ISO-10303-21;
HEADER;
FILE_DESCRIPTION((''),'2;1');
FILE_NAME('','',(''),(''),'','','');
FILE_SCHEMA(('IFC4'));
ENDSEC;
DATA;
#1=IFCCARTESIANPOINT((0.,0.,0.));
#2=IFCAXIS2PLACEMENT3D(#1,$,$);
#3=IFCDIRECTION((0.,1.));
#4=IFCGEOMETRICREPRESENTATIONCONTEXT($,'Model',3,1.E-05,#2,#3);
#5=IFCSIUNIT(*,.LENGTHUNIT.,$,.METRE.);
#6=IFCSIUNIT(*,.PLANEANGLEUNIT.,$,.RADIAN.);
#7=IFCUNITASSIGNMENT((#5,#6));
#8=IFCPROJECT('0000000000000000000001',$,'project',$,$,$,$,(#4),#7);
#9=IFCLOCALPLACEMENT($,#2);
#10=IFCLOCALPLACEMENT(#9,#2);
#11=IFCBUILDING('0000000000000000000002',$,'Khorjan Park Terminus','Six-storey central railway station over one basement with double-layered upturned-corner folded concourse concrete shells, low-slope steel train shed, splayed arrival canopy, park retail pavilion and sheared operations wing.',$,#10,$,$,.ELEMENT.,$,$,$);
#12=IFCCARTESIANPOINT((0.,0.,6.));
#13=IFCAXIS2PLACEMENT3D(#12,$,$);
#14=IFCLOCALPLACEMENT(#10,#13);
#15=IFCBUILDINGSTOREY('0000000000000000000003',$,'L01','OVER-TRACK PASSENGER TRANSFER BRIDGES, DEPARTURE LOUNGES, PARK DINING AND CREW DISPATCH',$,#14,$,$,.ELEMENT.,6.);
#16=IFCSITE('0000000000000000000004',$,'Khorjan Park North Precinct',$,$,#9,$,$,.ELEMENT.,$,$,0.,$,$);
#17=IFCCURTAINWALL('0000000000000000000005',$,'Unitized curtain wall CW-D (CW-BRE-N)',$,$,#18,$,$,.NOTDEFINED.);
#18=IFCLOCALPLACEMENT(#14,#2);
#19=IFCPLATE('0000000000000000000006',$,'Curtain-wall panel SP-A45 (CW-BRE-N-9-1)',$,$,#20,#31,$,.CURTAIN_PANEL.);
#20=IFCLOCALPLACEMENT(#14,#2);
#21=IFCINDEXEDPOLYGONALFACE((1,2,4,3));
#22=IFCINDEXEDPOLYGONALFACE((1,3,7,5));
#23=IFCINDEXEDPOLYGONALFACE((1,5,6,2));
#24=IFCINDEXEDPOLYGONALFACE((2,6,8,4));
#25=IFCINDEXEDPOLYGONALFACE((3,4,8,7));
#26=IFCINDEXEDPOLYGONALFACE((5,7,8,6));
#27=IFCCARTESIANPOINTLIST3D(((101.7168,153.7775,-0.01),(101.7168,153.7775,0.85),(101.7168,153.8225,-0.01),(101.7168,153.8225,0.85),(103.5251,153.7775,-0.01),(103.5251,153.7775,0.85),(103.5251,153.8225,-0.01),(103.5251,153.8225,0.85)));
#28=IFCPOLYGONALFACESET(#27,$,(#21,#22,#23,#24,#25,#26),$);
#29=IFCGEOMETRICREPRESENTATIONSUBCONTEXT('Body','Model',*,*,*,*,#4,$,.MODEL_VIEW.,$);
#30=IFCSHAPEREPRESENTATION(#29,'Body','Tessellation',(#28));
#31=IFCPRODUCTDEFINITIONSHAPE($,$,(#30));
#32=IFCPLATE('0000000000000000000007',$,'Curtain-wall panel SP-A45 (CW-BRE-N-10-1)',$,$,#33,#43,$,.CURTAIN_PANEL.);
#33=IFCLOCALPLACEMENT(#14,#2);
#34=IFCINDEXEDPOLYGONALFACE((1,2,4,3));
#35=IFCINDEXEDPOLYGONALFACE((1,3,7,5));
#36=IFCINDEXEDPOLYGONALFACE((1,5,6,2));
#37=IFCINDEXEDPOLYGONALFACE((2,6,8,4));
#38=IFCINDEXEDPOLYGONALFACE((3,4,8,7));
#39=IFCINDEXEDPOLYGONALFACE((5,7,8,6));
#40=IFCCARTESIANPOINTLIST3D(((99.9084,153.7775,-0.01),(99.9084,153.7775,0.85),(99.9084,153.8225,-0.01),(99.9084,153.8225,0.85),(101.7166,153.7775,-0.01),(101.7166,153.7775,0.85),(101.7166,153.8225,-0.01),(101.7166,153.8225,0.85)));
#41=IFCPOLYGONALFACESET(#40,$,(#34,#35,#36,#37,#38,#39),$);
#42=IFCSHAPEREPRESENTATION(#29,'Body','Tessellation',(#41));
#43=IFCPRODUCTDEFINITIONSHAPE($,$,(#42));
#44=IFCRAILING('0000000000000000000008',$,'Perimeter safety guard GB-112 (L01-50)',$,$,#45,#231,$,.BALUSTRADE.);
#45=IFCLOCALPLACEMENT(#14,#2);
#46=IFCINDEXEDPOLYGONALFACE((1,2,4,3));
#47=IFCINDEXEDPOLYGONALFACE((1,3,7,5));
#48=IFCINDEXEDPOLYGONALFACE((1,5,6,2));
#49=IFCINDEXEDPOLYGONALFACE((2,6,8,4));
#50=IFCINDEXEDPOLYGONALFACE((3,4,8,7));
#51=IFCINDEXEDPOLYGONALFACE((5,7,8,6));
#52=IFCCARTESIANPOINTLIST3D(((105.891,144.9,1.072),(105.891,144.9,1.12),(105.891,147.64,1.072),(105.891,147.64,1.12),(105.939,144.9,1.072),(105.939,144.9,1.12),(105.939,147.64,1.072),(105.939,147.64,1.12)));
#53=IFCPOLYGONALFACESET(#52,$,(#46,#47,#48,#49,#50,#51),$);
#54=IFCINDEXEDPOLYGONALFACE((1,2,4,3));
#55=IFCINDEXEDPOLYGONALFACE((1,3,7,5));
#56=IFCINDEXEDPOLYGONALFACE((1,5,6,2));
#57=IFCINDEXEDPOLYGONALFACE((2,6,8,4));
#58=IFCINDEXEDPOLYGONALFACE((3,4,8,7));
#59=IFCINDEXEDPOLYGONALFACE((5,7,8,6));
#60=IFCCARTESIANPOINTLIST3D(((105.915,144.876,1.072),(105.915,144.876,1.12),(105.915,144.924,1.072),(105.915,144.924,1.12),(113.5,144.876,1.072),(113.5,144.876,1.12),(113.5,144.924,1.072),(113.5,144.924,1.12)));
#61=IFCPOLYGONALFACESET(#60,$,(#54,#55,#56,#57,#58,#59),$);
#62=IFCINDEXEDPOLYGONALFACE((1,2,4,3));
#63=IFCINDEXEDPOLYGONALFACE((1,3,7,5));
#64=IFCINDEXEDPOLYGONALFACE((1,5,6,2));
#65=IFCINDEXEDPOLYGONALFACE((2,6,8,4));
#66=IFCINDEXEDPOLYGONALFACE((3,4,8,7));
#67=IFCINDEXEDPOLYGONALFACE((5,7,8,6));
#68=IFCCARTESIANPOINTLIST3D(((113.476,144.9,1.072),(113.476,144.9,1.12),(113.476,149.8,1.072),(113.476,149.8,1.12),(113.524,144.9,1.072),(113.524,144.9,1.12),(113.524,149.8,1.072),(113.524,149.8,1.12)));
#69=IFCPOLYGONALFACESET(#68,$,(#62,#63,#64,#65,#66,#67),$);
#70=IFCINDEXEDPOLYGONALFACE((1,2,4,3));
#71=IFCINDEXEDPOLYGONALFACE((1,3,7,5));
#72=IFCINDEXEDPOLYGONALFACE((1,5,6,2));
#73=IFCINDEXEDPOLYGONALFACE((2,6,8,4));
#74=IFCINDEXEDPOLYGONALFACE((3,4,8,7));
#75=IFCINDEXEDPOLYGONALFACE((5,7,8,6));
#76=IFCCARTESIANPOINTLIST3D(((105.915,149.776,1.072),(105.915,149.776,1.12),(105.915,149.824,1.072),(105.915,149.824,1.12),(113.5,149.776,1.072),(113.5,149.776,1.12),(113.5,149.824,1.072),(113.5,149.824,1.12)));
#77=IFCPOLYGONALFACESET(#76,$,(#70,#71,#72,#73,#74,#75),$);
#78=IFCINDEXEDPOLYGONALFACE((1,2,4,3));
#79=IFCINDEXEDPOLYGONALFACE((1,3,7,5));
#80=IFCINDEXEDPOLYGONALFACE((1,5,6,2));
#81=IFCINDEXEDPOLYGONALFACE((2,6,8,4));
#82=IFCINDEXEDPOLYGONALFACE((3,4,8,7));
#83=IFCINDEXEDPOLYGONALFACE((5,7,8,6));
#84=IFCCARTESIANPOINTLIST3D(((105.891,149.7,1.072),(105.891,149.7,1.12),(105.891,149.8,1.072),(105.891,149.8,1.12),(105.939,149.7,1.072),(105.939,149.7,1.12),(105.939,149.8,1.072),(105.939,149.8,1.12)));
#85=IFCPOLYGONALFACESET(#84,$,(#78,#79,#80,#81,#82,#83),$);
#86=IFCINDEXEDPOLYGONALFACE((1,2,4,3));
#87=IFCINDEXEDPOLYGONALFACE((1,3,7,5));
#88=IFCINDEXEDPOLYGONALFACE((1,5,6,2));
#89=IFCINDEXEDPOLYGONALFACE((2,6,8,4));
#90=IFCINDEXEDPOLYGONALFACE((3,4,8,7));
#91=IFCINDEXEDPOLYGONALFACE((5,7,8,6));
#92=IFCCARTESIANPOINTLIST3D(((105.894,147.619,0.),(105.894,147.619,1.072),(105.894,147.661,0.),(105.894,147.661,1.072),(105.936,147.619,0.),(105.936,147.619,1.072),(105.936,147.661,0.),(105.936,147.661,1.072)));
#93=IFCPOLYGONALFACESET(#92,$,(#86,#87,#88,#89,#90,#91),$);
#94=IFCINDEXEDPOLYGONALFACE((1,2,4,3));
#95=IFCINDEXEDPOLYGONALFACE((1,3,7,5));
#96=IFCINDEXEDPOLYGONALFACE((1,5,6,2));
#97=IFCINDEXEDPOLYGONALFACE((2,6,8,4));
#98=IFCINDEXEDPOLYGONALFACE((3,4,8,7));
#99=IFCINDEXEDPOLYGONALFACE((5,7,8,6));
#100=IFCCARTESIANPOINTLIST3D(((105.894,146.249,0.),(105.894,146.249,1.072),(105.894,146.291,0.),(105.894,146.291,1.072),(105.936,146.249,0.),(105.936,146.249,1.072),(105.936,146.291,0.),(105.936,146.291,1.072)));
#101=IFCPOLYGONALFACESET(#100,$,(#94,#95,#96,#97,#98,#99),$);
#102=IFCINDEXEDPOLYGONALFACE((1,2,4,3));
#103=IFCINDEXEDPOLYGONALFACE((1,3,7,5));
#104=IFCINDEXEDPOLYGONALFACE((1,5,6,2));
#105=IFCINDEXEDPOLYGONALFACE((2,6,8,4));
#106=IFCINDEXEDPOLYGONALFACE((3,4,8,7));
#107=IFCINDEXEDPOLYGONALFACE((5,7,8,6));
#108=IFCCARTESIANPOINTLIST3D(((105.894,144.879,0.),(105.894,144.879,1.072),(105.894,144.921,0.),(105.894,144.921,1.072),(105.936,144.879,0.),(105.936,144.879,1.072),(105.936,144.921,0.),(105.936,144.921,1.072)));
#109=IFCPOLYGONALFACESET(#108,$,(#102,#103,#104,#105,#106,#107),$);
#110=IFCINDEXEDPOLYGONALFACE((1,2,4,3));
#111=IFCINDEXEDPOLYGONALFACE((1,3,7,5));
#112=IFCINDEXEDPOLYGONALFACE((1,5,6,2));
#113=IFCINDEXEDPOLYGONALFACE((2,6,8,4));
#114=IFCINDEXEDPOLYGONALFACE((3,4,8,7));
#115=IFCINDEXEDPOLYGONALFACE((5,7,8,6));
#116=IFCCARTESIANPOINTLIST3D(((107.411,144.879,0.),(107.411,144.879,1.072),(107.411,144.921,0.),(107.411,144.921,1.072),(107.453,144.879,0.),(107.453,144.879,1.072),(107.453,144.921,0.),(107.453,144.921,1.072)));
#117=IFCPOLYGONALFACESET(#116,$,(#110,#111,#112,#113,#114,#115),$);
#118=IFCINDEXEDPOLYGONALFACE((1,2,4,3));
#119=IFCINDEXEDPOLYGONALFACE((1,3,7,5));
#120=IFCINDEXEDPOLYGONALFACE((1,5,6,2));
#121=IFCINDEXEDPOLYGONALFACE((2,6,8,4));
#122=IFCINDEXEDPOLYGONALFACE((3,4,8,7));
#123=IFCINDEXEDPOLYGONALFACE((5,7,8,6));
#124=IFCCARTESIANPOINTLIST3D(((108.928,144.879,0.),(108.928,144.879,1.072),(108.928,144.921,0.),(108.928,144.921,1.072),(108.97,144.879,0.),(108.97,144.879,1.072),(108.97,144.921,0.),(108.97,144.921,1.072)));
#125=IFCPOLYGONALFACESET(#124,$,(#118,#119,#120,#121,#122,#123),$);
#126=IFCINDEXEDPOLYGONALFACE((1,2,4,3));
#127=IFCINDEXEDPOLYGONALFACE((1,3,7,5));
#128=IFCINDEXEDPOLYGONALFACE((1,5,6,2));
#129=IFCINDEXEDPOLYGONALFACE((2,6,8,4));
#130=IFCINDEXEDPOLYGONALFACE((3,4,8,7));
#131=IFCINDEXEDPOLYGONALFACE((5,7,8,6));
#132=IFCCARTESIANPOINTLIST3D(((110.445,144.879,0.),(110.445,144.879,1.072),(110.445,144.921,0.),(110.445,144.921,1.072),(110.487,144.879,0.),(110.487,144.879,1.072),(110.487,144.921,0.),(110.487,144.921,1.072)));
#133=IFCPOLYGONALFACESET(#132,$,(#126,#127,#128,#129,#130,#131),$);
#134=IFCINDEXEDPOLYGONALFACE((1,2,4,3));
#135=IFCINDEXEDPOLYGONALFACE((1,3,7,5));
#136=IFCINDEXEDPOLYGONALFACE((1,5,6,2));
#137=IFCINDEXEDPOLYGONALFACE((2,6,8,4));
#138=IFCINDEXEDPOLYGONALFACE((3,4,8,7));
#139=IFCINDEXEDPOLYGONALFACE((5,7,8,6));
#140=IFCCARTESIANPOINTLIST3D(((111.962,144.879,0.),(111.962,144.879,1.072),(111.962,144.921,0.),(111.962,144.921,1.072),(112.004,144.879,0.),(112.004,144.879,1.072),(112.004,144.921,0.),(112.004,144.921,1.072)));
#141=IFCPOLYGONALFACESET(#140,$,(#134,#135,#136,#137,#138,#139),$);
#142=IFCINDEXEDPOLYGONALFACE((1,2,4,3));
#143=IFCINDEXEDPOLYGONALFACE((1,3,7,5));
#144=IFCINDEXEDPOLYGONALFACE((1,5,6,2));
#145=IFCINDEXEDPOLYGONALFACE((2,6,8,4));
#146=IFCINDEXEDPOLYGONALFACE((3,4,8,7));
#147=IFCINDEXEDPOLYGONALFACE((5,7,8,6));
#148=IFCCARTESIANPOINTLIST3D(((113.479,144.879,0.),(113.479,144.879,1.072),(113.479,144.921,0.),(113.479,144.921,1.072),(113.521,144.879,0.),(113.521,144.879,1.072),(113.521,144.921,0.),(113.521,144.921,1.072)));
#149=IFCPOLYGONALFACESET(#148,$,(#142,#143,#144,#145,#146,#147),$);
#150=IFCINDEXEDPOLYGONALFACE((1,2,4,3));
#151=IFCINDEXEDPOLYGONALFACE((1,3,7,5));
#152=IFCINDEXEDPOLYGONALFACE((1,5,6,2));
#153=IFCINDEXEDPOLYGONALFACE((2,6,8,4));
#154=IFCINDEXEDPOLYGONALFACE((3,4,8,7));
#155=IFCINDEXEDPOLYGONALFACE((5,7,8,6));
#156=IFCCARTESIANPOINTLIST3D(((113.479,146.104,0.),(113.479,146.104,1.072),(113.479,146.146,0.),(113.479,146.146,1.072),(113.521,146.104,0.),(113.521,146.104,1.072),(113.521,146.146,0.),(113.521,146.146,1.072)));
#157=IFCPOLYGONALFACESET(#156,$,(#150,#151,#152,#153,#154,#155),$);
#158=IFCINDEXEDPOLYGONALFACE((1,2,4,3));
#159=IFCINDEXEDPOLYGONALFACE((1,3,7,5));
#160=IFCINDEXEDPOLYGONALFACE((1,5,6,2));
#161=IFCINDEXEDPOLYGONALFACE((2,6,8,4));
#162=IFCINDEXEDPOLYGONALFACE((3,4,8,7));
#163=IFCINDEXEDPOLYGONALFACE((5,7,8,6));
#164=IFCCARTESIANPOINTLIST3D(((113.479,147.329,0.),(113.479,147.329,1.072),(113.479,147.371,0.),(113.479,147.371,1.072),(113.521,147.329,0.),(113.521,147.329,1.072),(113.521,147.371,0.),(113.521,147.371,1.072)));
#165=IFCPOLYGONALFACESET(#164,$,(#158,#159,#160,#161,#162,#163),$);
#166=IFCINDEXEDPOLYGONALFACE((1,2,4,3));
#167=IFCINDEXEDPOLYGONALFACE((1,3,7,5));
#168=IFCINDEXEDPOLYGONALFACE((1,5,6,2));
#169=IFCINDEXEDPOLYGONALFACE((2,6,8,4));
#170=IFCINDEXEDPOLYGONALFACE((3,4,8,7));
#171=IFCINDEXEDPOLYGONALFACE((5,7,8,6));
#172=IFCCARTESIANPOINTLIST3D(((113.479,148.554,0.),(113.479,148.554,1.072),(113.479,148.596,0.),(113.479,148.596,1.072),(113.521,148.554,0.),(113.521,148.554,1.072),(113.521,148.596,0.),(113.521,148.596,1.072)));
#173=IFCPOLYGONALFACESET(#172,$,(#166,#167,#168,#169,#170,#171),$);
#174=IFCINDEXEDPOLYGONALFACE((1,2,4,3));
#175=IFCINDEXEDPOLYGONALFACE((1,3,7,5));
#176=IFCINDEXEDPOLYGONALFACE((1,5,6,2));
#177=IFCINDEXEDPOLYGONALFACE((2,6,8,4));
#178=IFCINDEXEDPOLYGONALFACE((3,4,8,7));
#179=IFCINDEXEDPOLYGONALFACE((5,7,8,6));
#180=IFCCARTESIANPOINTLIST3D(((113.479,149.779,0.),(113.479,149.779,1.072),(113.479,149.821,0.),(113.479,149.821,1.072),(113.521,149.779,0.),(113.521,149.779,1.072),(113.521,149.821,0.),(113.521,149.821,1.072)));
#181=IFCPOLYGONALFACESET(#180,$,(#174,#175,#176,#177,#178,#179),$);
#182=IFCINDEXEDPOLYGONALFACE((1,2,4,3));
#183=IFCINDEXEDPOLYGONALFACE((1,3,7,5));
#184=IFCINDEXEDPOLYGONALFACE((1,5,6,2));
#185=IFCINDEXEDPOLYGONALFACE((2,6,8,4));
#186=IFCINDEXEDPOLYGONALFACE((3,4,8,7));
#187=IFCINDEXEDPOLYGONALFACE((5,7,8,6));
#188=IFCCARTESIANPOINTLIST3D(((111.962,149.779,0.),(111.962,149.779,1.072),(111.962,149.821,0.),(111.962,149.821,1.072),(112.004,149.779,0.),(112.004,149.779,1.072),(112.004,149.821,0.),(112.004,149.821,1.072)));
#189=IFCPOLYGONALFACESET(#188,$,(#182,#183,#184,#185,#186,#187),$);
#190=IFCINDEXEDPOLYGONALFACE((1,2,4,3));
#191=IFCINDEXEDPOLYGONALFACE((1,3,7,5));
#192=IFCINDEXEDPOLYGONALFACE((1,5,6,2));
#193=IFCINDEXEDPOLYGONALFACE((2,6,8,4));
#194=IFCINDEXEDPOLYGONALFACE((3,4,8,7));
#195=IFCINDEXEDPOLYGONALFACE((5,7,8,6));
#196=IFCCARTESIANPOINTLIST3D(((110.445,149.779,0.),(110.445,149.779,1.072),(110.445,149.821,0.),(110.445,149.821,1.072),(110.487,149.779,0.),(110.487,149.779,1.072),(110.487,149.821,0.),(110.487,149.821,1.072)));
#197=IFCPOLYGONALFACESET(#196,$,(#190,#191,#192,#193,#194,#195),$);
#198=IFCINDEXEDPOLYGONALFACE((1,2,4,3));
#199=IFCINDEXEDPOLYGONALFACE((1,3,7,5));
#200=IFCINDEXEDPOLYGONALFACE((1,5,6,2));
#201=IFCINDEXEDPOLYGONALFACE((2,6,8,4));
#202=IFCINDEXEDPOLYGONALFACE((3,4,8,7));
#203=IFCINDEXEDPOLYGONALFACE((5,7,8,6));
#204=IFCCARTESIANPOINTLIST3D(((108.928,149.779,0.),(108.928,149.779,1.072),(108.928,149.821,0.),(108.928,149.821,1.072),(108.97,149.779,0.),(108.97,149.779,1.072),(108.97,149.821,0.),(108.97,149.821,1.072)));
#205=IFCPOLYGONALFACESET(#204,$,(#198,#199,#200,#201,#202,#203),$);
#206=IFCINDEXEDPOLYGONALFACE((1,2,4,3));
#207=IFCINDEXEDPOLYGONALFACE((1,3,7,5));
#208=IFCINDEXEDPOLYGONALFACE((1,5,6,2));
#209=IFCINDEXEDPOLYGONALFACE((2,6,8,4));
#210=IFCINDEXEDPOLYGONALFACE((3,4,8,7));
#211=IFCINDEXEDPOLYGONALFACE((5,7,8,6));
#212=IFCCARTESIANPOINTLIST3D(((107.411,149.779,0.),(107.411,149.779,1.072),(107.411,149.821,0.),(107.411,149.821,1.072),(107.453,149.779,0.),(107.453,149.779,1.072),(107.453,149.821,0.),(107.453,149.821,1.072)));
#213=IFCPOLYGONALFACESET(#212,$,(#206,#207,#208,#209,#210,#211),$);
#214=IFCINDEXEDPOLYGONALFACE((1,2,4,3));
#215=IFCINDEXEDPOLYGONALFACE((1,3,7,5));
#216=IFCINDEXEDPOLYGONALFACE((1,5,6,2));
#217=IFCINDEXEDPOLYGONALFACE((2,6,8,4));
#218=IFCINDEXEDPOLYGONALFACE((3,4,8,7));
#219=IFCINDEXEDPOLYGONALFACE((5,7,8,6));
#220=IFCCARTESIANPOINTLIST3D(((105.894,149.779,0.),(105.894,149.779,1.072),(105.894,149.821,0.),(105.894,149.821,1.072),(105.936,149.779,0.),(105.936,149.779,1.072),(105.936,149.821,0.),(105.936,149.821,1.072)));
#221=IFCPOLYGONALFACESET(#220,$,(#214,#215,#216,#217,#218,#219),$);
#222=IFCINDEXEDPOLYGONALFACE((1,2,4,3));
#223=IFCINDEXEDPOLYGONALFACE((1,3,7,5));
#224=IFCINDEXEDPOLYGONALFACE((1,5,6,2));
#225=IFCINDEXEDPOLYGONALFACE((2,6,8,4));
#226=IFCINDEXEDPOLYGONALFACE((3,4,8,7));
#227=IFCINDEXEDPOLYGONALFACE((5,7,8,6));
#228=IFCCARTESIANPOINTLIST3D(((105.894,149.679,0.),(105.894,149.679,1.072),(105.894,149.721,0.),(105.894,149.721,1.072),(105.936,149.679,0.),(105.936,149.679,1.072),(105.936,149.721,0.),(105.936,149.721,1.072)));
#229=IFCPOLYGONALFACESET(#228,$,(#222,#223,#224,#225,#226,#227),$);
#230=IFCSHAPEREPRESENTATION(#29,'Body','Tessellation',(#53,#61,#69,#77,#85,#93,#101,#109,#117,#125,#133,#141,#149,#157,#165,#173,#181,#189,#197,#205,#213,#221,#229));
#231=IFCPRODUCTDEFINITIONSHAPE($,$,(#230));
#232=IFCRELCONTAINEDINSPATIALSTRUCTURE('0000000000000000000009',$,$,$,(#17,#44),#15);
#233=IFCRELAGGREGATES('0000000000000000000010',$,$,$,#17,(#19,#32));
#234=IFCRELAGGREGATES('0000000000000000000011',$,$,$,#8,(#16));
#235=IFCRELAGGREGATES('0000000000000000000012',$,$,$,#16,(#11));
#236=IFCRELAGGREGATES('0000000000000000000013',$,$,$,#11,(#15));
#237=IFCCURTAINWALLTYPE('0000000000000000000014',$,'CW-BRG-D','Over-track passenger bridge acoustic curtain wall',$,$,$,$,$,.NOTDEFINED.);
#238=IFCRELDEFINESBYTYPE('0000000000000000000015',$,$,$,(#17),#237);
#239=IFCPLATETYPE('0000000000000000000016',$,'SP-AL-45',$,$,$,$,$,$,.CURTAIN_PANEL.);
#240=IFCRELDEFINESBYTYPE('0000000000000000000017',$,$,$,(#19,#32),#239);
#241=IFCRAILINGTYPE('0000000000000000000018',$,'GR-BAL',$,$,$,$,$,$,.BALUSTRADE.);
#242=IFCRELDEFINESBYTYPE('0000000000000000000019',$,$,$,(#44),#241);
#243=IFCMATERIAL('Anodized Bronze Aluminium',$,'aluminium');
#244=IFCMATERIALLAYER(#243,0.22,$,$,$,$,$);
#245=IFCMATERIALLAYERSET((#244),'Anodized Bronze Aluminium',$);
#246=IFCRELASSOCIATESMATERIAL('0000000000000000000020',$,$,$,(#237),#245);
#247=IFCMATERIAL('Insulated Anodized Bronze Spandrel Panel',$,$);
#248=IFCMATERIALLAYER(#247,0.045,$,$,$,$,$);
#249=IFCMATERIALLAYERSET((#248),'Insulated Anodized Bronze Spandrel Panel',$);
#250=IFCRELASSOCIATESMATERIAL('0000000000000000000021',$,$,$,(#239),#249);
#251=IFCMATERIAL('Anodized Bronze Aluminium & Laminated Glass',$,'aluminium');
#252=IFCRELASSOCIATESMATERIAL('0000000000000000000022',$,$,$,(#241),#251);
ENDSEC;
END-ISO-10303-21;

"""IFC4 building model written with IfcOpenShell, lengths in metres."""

from ifc_helpers import new_model, si_unit, direction, frame, origin, origin_2d, place, context, subcontext, project, spatial, rectangle, extrude, material, layer, layer_set, type_object, element, aggregate, save


model = new_model("IFC4")

# Units and contexts
model_context = context("Model", 3, precision=1e-05, world=origin(), true_north=direction((0.0, 1.0)))
body_context = subcontext(model_context, "Body", "Model", "MODEL_VIEW")
ifc_project = project(units=[si_unit("LENGTHUNIT", "METRE"), si_unit("PLANEANGLEUNIT", "RADIAN")], contexts=[model_context])

# Site, building, storey
site_placement = place(None, origin())
site = spatial("IfcSite", under=ifc_project, at=site_placement, Name="Khorjan Park North Precinct", CompositionType="ELEMENT", RefElevation=0.0)
building_placement = place(site_placement, origin())
building = spatial("IfcBuilding", under=site, at=building_placement, Name="Khorjan Park Terminus", Description="Six-storey central railway station over one basement with double-layered upturned-corner folded concourse concrete shells, low-slope steel train shed, splayed arrival canopy, park retail pavilion and sheared operations wing.", CompositionType="ELEMENT")
storey_placement = place(building_placement, frame((0.0, 0.0, 6.0)))
storey = spatial("IfcBuildingStorey", under=building, at=storey_placement, Name="L01", Description="OVER-TRACK PASSENGER TRANSFER BRIDGES, DEPARTURE LOUNGES, PARK DINING AND CREW DISPATCH", CompositionType="ELEMENT", Elevation=6.0)

# Curtain wall, plates
ifc_material_1 = material(Name="Anodized Bronze Aluminium", Category="aluminium")
ifc_layer_1 = layer(ifc_material_1, 0.22)
ifc_layer_set_1 = layer_set([ifc_layer_1], Name="Anodized Bronze Aluminium")
curtain_wall_type = type_object("IfcCurtainWallType", Name="CW-BRG-D", Description="Over-track passenger bridge acoustic curtain wall", PredefinedType="NOTDEFINED", material=ifc_layer_set_1)
curtain_wall_placement = place(storey_placement, origin())
curtain_wall = element("IfcCurtainWall", 1, at=curtain_wall_placement, inside=storey, type_object=curtain_wall_type, Name="Unitized curtain wall CW-D (CW-BRE-N)", PredefinedType="NOTDEFINED")
ifc_material_2 = material(Name="Insulated Anodized Bronze Spandrel Panel")
ifc_layer_2 = layer(ifc_material_2, 0.045)
ifc_layer_set_2 = layer_set([ifc_layer_2], Name="Insulated Anodized Bronze Spandrel Panel")
plate_type_1 = type_object("IfcPlateType", Name="SP-AL-45", PredefinedType="CURTAIN_PANEL", material=ifc_layer_set_2)
plate_1_placement = place(storey_placement, frame((102.6209, 153.8, -0.01), z_axis=(0.0, 0.0, 1.0), x_axis=(-1.0, 0.0, 0.0)))
plate_1 = element("IfcPlate", 2, at=plate_1_placement, type_object=plate_type_1, Name="Curtain-wall panel SP-A45 (CW-BRE-N-9-1)", PredefinedType="CURTAIN_PANEL", context=body_context, shape_type="SweptSolid", body=[
    extrude(rectangle(XDim=1.8083, YDim=0.045, at=origin_2d()), origin(), (0.0, 0.0, 1.0), 0.86),
])
plate_2_placement = place(storey_placement, frame((100.8125, 153.8, -0.01), z_axis=(0.0, 0.0, 1.0), x_axis=(-1.0, 0.0, 0.0)))
plate_2 = element("IfcPlate", 3, at=plate_2_placement, type_object=plate_type_1, Name="Curtain-wall panel SP-A45 (CW-BRE-N-10-1)", PredefinedType="CURTAIN_PANEL", context=body_context, shape_type="SweptSolid", body=[
    extrude(rectangle(XDim=1.8083, YDim=0.045, at=origin_2d()), origin(), (0.0, 0.0, 1.0), 0.86),
])
aggregate(curtain_wall, [plate_1, plate_2])

# Railing
ifc_material_3 = material(Name="Anodized Bronze Aluminium & Laminated Glass", Category="aluminium")
railing_type = type_object("IfcRailingType", Name="GR-BAL", PredefinedType="BALUSTRADE", material=ifc_material_3)
railing_placement = place(storey_placement, frame((105.915, 147.64, 0.0)))
element("IfcRailing", 4, at=railing_placement, inside=storey, type_object=railing_type, Name="Perimeter safety guard GB-112 (L01-50)", PredefinedType="BALUSTRADE", context=body_context, shape_type="SweptSolid", body=[
    extrude(rectangle(XDim=0.048, YDim=0.048, at=origin_2d()), frame((0.0, 0.0, 1.096), z_axis=(0.0, -1.0, 0.0), x_axis=(1.0, 0.0, 0.0)), (0.0, 0.0, 1.0), 2.74),
    extrude(rectangle(XDim=0.048, YDim=0.048, at=origin_2d()), frame((0.0, -2.74, 1.096), z_axis=(1.0, 0.0, 0.0), x_axis=(0.0, 1.0, 0.0)), (0.0, 0.0, 1.0), 7.585),
    extrude(rectangle(XDim=0.048, YDim=0.048, at=origin_2d()), frame((7.585, -2.74, 1.096), z_axis=(0.0, 1.0, 0.0), x_axis=(-1.0, 0.0, 0.0)), (0.0, 0.0, 1.0), 4.9),
    extrude(rectangle(XDim=0.048, YDim=0.048, at=origin_2d()), frame((7.585, 2.16, 1.096), z_axis=(-1.0, 0.0, 0.0), x_axis=(0.0, -1.0, 0.0)), (0.0, 0.0, 1.0), 7.585),
    extrude(rectangle(XDim=0.048, YDim=0.048, at=origin_2d()), frame((0.0, 2.16, 1.096), z_axis=(0.0, -1.0, 0.0), x_axis=(1.0, 0.0, 0.0)), (0.0, 0.0, 1.0), 0.1),
    extrude(rectangle(XDim=0.042, YDim=0.042, at=origin_2d()), origin(), (0.0, 0.0, 1.0), 1.072),
    extrude(rectangle(XDim=0.042, YDim=0.042, at=origin_2d()), frame((0.0, -1.37, 0.0)), (0.0, 0.0, 1.0), 1.072),
    extrude(rectangle(XDim=0.042, YDim=0.042, at=origin_2d()), frame((0.0, -2.74, 0.0)), (0.0, 0.0, 1.0), 1.072),
    extrude(rectangle(XDim=0.042, YDim=0.042, at=origin_2d()), frame((1.517, -2.74, 0.0)), (0.0, 0.0, 1.0), 1.072),
    extrude(rectangle(XDim=0.042, YDim=0.042, at=origin_2d()), frame((3.034, -2.74, 0.0)), (0.0, 0.0, 1.0), 1.072),
    extrude(rectangle(XDim=0.042, YDim=0.042, at=origin_2d()), frame((4.551, -2.74, 0.0)), (0.0, 0.0, 1.0), 1.072),
    extrude(rectangle(XDim=0.042, YDim=0.042, at=origin_2d()), frame((6.068, -2.74, 0.0)), (0.0, 0.0, 1.0), 1.072),
    extrude(rectangle(XDim=0.042, YDim=0.042, at=origin_2d()), frame((7.585, -2.74, 0.0)), (0.0, 0.0, 1.0), 1.072),
    extrude(rectangle(XDim=0.042, YDim=0.042, at=origin_2d()), frame((7.585, -1.515, 0.0)), (0.0, 0.0, 1.0), 1.072),
    extrude(rectangle(XDim=0.042, YDim=0.042, at=origin_2d()), frame((7.585, -0.29, 0.0)), (0.0, 0.0, 1.0), 1.072),
    extrude(rectangle(XDim=0.042, YDim=0.042, at=origin_2d()), frame((7.585, 0.935, 0.0)), (0.0, 0.0, 1.0), 1.072),
    extrude(rectangle(XDim=0.042, YDim=0.042, at=origin_2d()), frame((7.585, 2.16, 0.0)), (0.0, 0.0, 1.0), 1.072),
    extrude(rectangle(XDim=0.042, YDim=0.042, at=origin_2d()), frame((6.068, 2.16, 0.0)), (0.0, 0.0, 1.0), 1.072),
    extrude(rectangle(XDim=0.042, YDim=0.042, at=origin_2d()), frame((4.551, 2.16, 0.0)), (0.0, 0.0, 1.0), 1.072),
    extrude(rectangle(XDim=0.042, YDim=0.042, at=origin_2d()), frame((3.034, 2.16, 0.0)), (0.0, 0.0, 1.0), 1.072),
    extrude(rectangle(XDim=0.042, YDim=0.042, at=origin_2d()), frame((1.517, 2.16, 0.0)), (0.0, 0.0, 1.0), 1.072),
    extrude(rectangle(XDim=0.042, YDim=0.042, at=origin_2d()), frame((0.0, 2.16, 0.0)), (0.0, 0.0, 1.0), 1.072),
    extrude(rectangle(XDim=0.042, YDim=0.042, at=origin_2d()), frame((0.0, 2.06, 0.0)), (0.0, 0.0, 1.0), 1.072),
])

save(model, "model.ifc")
